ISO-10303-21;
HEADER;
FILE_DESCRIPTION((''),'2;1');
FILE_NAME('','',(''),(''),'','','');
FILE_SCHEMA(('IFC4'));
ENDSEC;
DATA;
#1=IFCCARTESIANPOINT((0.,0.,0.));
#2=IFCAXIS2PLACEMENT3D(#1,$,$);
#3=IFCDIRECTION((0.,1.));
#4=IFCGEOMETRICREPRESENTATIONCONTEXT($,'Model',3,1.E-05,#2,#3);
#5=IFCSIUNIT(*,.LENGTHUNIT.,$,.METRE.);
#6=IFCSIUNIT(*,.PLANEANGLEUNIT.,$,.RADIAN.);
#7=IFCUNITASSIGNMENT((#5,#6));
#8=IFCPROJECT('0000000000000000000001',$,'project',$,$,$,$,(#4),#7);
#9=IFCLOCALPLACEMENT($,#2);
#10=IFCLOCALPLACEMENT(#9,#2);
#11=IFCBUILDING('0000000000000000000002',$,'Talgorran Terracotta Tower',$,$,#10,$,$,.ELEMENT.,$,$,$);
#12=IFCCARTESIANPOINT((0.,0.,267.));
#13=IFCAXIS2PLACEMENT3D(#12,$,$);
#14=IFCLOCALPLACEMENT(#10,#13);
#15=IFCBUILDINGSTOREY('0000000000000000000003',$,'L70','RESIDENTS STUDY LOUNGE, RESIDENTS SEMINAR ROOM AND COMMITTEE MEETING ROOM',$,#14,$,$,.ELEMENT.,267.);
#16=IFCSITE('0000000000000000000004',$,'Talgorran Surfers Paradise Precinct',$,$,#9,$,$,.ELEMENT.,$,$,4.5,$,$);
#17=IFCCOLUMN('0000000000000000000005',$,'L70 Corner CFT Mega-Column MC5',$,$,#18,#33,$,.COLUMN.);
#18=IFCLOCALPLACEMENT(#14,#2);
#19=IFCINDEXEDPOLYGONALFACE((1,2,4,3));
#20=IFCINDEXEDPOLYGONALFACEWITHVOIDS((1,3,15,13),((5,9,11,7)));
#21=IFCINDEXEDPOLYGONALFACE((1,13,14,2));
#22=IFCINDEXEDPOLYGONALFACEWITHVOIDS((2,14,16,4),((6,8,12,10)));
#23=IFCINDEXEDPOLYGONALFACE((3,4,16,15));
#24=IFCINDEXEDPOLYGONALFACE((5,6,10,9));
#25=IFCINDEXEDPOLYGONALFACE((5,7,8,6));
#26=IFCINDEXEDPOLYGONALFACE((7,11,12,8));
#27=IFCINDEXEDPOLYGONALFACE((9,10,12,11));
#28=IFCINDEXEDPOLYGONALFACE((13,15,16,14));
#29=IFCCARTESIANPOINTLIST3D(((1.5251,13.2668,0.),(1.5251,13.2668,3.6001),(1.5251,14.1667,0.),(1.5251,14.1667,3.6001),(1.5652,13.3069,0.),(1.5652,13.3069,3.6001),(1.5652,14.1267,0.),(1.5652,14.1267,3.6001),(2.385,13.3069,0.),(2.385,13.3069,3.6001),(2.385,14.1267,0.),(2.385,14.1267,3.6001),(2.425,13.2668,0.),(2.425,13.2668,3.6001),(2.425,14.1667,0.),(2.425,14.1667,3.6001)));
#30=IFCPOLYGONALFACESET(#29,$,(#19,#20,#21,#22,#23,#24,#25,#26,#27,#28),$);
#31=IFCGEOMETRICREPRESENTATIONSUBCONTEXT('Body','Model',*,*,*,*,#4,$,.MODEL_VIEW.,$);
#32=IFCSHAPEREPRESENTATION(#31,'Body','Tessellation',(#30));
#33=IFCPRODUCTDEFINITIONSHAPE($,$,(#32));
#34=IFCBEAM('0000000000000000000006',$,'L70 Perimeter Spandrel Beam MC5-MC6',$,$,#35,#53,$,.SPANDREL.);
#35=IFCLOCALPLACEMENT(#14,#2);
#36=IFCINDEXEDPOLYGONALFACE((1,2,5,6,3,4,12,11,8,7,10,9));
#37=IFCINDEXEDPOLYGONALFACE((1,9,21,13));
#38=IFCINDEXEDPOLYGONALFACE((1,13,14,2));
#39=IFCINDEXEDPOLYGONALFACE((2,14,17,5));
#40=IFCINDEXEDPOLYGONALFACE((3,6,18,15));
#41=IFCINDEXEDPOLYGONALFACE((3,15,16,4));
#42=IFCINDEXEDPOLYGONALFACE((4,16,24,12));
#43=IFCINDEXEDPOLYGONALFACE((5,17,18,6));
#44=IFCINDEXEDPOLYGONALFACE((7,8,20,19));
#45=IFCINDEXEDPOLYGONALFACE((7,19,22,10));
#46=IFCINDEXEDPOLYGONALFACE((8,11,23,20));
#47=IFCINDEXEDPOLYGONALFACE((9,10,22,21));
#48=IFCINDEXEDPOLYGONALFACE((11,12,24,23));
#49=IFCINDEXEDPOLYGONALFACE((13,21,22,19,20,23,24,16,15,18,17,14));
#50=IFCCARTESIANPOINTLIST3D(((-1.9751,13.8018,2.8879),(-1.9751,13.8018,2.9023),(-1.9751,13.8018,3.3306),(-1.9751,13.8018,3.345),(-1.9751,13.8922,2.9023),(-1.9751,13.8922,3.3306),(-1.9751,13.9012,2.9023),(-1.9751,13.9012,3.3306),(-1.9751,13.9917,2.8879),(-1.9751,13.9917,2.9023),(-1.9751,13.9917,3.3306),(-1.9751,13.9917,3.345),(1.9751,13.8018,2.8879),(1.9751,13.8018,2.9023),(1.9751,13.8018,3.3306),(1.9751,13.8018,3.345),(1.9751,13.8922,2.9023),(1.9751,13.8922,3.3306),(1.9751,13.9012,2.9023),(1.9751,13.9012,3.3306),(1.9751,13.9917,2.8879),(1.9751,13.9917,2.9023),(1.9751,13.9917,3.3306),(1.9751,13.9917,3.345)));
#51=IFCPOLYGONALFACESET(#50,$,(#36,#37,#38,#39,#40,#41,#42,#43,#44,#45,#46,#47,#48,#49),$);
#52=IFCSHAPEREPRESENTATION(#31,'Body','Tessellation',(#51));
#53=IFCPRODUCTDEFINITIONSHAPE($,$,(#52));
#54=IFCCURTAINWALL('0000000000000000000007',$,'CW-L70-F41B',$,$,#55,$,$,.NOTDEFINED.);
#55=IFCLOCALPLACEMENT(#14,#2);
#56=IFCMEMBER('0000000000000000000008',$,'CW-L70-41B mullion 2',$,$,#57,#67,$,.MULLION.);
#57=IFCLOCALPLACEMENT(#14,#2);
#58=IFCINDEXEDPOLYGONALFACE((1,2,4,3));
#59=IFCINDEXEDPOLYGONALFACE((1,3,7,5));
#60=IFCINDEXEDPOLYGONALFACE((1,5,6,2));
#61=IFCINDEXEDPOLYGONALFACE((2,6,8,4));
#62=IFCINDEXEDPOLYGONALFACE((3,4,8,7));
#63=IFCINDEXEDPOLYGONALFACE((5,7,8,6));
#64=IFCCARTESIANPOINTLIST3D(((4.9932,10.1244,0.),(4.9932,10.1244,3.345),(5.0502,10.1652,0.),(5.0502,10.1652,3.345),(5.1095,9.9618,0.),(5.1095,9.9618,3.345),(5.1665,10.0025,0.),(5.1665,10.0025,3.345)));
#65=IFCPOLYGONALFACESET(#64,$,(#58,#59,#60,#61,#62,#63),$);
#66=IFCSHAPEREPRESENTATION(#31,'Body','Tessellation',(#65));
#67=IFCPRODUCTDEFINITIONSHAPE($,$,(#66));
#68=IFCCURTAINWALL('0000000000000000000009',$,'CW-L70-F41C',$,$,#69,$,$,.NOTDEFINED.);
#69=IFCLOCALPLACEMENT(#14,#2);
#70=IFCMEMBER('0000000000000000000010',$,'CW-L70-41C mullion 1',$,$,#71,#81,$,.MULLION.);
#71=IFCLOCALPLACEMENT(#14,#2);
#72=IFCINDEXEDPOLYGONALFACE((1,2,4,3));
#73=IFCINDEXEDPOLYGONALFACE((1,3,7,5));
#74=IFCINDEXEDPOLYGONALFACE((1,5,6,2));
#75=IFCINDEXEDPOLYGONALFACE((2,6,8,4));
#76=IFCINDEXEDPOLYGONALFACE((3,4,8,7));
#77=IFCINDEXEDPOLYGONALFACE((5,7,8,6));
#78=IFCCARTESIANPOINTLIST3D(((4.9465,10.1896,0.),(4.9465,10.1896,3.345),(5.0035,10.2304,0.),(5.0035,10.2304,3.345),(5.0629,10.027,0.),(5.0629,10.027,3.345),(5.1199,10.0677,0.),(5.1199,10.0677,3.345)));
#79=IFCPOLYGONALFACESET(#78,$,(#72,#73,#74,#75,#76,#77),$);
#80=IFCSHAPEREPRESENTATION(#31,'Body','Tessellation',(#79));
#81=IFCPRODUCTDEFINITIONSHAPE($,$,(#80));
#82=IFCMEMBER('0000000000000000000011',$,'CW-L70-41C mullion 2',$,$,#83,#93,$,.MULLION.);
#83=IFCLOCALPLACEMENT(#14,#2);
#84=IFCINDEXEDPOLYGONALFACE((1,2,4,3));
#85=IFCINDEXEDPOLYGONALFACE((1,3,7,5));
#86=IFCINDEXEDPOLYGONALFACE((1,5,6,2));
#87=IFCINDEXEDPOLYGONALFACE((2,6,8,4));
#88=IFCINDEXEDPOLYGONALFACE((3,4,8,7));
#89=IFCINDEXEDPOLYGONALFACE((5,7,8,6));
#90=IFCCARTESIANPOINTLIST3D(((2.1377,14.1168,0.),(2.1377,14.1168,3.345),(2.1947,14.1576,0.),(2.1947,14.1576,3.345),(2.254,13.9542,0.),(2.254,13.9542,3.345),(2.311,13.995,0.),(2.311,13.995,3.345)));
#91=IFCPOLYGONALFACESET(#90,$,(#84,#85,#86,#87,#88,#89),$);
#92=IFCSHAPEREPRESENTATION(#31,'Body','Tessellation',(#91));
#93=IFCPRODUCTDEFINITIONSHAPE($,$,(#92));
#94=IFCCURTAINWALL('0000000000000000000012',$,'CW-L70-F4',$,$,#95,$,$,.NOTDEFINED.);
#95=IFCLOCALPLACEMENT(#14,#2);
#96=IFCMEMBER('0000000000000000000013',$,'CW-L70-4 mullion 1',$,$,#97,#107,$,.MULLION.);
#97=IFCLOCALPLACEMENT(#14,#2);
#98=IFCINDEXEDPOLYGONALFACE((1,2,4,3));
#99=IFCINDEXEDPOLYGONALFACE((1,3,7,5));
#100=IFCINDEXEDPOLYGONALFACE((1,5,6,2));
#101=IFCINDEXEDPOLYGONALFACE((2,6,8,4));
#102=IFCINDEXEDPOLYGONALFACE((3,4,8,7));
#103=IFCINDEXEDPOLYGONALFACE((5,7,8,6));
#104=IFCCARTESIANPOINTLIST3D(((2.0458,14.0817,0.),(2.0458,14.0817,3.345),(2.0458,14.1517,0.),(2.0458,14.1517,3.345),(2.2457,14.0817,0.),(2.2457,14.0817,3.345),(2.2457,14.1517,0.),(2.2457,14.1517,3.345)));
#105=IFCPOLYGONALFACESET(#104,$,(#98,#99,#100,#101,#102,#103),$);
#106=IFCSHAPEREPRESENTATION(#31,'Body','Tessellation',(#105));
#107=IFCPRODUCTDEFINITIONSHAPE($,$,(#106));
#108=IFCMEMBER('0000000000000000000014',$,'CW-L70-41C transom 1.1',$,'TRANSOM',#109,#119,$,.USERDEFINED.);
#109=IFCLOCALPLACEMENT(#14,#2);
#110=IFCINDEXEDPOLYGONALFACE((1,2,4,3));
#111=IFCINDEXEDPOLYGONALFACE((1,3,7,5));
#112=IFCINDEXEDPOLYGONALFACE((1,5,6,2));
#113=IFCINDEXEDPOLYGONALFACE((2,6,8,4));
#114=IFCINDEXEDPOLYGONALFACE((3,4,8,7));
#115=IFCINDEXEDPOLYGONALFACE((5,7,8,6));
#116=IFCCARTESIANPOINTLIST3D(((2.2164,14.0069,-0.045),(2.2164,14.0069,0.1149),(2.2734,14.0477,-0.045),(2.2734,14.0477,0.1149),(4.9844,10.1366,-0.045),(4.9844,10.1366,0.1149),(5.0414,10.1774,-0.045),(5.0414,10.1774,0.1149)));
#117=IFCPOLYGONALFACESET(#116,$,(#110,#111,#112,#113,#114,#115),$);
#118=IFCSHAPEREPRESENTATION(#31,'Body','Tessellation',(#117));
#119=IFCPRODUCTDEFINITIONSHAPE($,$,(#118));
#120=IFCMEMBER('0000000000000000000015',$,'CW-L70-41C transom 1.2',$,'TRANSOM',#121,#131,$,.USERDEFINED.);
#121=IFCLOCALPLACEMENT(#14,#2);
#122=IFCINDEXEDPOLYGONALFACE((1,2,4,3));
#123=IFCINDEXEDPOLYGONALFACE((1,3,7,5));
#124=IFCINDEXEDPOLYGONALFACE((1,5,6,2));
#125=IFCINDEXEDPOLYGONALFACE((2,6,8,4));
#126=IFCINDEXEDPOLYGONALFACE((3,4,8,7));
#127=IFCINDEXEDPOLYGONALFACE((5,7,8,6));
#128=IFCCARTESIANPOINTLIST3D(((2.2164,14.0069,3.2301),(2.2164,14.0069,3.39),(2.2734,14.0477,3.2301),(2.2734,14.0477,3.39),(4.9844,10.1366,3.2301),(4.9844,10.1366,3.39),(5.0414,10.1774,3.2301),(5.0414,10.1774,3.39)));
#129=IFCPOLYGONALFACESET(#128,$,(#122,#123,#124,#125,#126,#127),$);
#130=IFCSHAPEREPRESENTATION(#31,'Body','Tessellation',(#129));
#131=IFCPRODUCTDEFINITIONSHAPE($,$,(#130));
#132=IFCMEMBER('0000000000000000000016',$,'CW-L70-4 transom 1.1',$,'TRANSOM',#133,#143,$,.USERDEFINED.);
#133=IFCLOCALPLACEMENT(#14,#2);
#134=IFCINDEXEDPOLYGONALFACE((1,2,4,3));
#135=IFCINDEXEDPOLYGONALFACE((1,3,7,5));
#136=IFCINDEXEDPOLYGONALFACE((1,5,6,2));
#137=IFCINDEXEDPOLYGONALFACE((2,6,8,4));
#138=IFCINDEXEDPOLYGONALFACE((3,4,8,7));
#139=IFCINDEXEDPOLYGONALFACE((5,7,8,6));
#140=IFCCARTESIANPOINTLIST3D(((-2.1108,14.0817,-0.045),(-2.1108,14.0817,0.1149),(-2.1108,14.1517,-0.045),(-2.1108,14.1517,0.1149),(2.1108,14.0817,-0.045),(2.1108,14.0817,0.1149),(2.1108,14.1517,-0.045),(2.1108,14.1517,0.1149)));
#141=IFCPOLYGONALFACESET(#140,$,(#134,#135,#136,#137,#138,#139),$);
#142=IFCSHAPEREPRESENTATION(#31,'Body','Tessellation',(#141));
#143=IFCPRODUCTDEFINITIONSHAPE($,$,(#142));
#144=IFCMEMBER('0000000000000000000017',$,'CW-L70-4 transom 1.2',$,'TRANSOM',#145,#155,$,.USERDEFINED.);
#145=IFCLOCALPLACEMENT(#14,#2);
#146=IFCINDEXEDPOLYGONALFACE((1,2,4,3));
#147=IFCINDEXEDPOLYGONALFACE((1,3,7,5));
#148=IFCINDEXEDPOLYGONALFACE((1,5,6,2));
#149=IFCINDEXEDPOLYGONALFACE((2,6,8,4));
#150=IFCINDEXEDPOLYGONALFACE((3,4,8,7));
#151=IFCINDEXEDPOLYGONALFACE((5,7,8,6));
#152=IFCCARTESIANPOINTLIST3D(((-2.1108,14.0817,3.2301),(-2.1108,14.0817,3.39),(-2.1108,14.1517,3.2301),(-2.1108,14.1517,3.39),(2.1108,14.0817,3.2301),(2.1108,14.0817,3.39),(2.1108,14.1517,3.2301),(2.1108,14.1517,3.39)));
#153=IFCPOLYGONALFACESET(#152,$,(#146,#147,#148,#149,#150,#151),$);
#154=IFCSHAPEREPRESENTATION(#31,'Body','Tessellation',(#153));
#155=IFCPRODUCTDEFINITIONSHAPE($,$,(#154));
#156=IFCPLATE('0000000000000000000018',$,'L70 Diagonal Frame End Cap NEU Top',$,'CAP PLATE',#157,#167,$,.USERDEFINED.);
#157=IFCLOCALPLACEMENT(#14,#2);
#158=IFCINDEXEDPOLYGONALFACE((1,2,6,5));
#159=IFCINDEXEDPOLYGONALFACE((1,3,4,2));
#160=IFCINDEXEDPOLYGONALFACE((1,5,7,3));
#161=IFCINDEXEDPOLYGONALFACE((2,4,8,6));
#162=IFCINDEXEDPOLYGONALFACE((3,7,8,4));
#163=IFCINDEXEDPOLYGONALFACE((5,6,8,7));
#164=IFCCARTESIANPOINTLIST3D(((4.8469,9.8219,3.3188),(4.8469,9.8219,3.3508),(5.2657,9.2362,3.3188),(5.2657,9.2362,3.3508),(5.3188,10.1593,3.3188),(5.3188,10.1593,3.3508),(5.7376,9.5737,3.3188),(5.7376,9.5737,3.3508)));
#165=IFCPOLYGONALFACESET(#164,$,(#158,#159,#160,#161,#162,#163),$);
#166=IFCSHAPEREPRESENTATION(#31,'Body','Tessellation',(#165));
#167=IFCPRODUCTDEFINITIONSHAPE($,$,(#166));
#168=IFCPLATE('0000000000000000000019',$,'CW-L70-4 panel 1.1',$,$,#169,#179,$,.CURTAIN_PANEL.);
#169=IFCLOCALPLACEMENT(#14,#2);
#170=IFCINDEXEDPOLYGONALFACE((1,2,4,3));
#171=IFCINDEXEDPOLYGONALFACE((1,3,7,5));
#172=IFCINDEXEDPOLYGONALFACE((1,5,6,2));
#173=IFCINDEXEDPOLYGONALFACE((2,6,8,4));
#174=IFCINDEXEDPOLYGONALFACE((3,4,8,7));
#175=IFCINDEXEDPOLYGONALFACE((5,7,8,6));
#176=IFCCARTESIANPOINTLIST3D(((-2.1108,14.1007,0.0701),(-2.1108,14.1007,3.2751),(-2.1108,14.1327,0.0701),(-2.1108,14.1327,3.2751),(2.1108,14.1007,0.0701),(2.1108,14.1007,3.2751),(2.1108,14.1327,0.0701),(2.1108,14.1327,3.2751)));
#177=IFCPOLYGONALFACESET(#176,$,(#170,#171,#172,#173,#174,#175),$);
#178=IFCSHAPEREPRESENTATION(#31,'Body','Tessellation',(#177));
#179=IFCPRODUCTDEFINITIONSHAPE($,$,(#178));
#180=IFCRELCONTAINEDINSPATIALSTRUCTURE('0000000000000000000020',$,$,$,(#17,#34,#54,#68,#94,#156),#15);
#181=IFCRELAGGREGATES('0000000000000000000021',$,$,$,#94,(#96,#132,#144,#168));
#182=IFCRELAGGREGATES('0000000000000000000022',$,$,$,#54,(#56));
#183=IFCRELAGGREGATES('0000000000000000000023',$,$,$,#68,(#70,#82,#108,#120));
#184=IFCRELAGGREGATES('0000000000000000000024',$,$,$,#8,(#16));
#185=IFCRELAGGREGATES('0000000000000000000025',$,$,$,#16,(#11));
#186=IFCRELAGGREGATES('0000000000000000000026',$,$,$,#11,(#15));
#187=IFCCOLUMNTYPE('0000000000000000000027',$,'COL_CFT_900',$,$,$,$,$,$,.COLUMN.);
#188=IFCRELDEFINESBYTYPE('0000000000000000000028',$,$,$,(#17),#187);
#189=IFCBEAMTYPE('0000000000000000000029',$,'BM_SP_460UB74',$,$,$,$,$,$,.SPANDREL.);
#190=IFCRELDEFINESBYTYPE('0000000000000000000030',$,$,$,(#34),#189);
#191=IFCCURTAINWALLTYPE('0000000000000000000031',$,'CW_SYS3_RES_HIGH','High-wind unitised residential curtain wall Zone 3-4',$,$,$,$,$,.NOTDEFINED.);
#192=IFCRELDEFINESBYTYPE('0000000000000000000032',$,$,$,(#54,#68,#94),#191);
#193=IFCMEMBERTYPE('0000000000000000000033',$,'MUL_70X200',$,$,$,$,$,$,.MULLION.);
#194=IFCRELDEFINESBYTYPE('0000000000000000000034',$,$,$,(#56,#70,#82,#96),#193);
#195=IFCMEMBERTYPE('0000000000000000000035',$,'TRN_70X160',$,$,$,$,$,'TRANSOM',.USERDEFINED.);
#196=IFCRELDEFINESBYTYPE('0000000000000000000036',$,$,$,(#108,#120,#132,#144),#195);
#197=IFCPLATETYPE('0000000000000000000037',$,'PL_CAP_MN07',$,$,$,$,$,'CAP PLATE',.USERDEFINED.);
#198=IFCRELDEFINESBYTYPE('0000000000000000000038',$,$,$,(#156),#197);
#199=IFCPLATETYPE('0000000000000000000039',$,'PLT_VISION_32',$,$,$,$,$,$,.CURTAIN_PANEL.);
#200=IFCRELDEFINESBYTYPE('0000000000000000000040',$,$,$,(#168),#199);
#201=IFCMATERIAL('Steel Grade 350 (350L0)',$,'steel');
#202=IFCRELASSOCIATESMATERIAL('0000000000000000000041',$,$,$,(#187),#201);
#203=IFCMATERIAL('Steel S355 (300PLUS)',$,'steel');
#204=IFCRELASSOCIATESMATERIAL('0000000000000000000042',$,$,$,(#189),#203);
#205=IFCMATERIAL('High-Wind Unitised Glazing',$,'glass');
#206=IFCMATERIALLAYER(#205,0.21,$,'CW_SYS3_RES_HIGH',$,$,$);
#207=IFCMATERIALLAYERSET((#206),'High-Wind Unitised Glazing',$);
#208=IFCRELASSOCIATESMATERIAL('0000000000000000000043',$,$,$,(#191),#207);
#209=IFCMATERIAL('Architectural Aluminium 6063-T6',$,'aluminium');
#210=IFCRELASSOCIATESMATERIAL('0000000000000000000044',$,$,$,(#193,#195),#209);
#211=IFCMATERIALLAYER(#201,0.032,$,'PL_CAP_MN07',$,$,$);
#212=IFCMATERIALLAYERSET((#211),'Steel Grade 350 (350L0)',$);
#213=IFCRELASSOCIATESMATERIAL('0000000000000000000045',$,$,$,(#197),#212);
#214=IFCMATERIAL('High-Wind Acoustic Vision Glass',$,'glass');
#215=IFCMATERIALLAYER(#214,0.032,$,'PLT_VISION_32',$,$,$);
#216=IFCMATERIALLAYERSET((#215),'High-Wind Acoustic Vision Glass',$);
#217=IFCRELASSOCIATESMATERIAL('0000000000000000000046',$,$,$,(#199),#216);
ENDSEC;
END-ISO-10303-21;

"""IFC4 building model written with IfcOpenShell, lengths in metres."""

from ifc_helpers import new_model, si_unit, direction, frame, origin, origin_2d, place, context, subcontext, project, spatial, rectangle, hollow_rectangle, i_section, extrude, source, transform, mapped, material, layer, layer_set, material_profile, profile_set, type_object, element, aggregate, save


model = new_model("IFC4")

# Units and contexts
model_context = context("Model", 3, precision=1e-05, world=origin(), true_north=direction((0.0, 1.0)))
body_context = subcontext(model_context, "Body", "Model", "MODEL_VIEW")
ifc_project = project(units=[si_unit("LENGTHUNIT", "METRE"), si_unit("PLANEANGLEUNIT", "RADIAN")], contexts=[model_context])

# Site, building, storey
site_placement = place(None, origin())
site = spatial("IfcSite", under=ifc_project, at=site_placement, Name="Talgorran Surfers Paradise Precinct", CompositionType="ELEMENT", RefElevation=4.5)
building_placement = place(site_placement, origin())
building = spatial("IfcBuilding", under=site, at=building_placement, Name="Talgorran Terracotta Tower", CompositionType="ELEMENT")
storey_placement = place(building_placement, frame((0.0, 0.0, 267.0)))
storey = spatial("IfcBuildingStorey", under=building, at=storey_placement, Name="L70", Description="RESIDENTS STUDY LOUNGE, RESIDENTS SEMINAR ROOM AND COMMITTEE MEETING ROOM", CompositionType="ELEMENT", Elevation=267.0)

# Column
ifc_material_1 = material(Name="Steel Grade 350 (350L0)", Category="steel")
ifc_material_profile_1 = material_profile(ifc_material_1, hollow_rectangle(XDim=0.8999, YDim=0.8999, WallThickness=0.04, at=origin_2d()), Name="CFT900X900X40")
ifc_profile_set_1 = profile_set([ifc_material_profile_1], Name="Steel Grade 350 (350L0)")
column_type = type_object("IfcColumnType", Name="COL_CFT_900", PredefinedType="COLUMN", material=ifc_profile_set_1)
column_placement = place(storey_placement, frame((1.9751, 13.7168, 0.0), z_axis=(0.0, 0.0, 1.0), x_axis=(1.0, 0.0, 0.0)))
element("IfcColumn", 1, at=column_placement, inside=storey, type_object=column_type, Name="L70 Corner CFT Mega-Column MC5", PredefinedType="COLUMN", context=body_context, shape_type="SweptSolid", body=[
    extrude(hollow_rectangle(XDim=0.8999, YDim=0.8999, WallThickness=0.04, at=origin_2d()), origin(), (0.0, 0.0, 1.0), 3.6001),
])

# Beam
ifc_material_2 = material(Name="Steel S355 (300PLUS)", Category="steel")
ifc_material_profile_2 = material_profile(ifc_material_2, i_section(OverallWidth=0.1899, OverallDepth=0.457, WebThickness=0.009, FlangeThickness=0.0144, at=origin_2d()), Name="460UB74.6")
ifc_profile_set_2 = profile_set([ifc_material_profile_2], Name="Steel S355 (300PLUS)")
beam_type = type_object("IfcBeamType", Name="BM_SP_460UB74", PredefinedType="SPANDREL", material=ifc_profile_set_2)
beam_placement = place(storey_placement, frame((1.9751, 13.8967, 3.1165), z_axis=(-1.0, 0.0, 0.0), x_axis=(0.0, -1.0, 0.0)))
element("IfcBeam", 2, at=beam_placement, inside=storey, type_object=beam_type, Name="L70 Perimeter Spandrel Beam MC5-MC6", PredefinedType="SPANDREL", context=body_context, shape_type="SweptSolid", body=[
    extrude(i_section(OverallWidth=0.1899, OverallDepth=0.457, WebThickness=0.009, FlangeThickness=0.0144, at=origin_2d()), origin(), (0.0, 0.0, 1.0), 3.9502),
])

# Curtain wall, member
ifc_material_3 = material(Name="High-Wind Unitised Glazing", Category="glass")
ifc_layer_1 = layer(ifc_material_3, 0.21, Name="CW_SYS3_RES_HIGH")
ifc_layer_set_1 = layer_set([ifc_layer_1], Name="High-Wind Unitised Glazing")
curtain_wall_type = type_object("IfcCurtainWallType", Name="CW_SYS3_RES_HIGH", Description="High-wind unitised residential curtain wall Zone 3-4", PredefinedType="NOTDEFINED", material=ifc_layer_set_1)
curtain_wall_1_placement = place(storey_placement, origin())
curtain_wall_1 = element("IfcCurtainWall", 3, at=curtain_wall_1_placement, inside=storey, type_object=curtain_wall_type, Name="CW-L70-F41B", PredefinedType="NOTDEFINED")
ifc_material_4 = material(Name="Architectural Aluminium 6063-T6", Category="aluminium")
ifc_material_profile_3 = material_profile(ifc_material_4, rectangle(XDim=0.0701, YDim=0.2, at=origin_2d()), Name="CWM70X200")
ifc_profile_set_3 = profile_set([ifc_material_profile_3], Name="Architectural Aluminium 6063-T6")
member_type_1 = type_object("IfcMemberType", Name="MUL_70X200", PredefinedType="MULLION", material=ifc_profile_set_3)
member_1_placement = place(storey_placement, frame((5.0798, 10.0635, 0.0), z_axis=(0.0, 0.0, 1.0), x_axis=(-0.813378, -0.581735, 0.0)))
member_1 = element("IfcMember", 4, at=member_1_placement, type_object=member_type_1, Name="CW-L70-41B mullion 2", PredefinedType="MULLION", context=body_context, shape_type="SweptSolid", body=[
    extrude(rectangle(XDim=0.0701, YDim=0.2, at=origin_2d()), origin(), (0.0, 0.0, 1.0), 3.345),
])

# Curtain wall, members
curtain_wall_2_placement = place(storey_placement, origin())
curtain_wall_2 = element("IfcCurtainWall", 5, at=curtain_wall_2_placement, inside=storey, type_object=curtain_wall_type, Name="CW-L70-F41C", PredefinedType="NOTDEFINED")
member_2_placement = place(storey_placement, frame((5.0332, 10.1287, 0.0), z_axis=(0.0, 0.0, 1.0), x_axis=(-0.813382, -0.581731, 0.0)))
member_2 = element("IfcMember", 6, at=member_2_placement, type_object=member_type_1, Name="CW-L70-41C mullion 1", PredefinedType="MULLION", context=body_context, shape_type="SweptSolid", body=[
    extrude(rectangle(XDim=0.0701, YDim=0.2, at=origin_2d()), origin(), (0.0, 0.0, 1.0), 3.345),
])
member_3_placement = place(storey_placement, frame((2.2244, 14.0559, 0.0), z_axis=(0.0, 0.0, 1.0), x_axis=(-0.813382, -0.581731, 0.0)))
member_3 = element("IfcMember", 7, at=member_3_placement, type_object=member_type_1, Name="CW-L70-41C mullion 2", PredefinedType="MULLION", context=body_context, shape_type="SweptSolid", body=[
    extrude(rectangle(XDim=0.0701, YDim=0.2, at=origin_2d()), origin(), (0.0, 0.0, 1.0), 3.345),
])

# Curtain wall, member
curtain_wall_3_placement = place(storey_placement, origin())
curtain_wall_3 = element("IfcCurtainWall", 8, at=curtain_wall_3_placement, inside=storey, type_object=curtain_wall_type, Name="CW-L70-F4", PredefinedType="NOTDEFINED")
member_4_placement = place(storey_placement, frame((2.1458, 14.1167, 0.0), z_axis=(0.0, 0.0, 1.0), x_axis=(0.0, -1.0, 0.0)))
member_4 = element("IfcMember", 9, at=member_4_placement, type_object=member_type_1, Name="CW-L70-4 mullion 1", PredefinedType="MULLION", context=body_context, shape_type="SweptSolid", body=[
    extrude(rectangle(XDim=0.0701, YDim=0.2, at=origin_2d()), origin(), (0.0, 0.0, 1.0), 3.345),
])

# Members
ifc_material_profile_4 = material_profile(ifc_material_4, rectangle(XDim=0.0701, YDim=0.1599, at=origin_2d()), Name="CWT70X160")
ifc_profile_set_4 = profile_set([ifc_material_profile_4], Name="Architectural Aluminium 6063-T6")
member_type_2 = type_object("IfcMemberType", Name="TRN_70X160", ElementType="TRANSOM", PredefinedType="USERDEFINED", material=ifc_profile_set_4)
member_5_placement = place(storey_placement, frame((5.0129, 10.157, 0.0349), z_axis=(-0.581728, 0.813383, 0.0), x_axis=(-0.813383, -0.581728, 0.0)))
member_5 = element("IfcMember", 10, at=member_5_placement, type_object=member_type_2, Name="CW-L70-41C transom 1.1", ObjectType="TRANSOM", PredefinedType="USERDEFINED", context=body_context, shape_type="SweptSolid", body=[
    extrude(rectangle(XDim=0.0701, YDim=0.1599, at=origin_2d()), origin(), (0.0, 0.0, 1.0), 4.7583),
])
member_6_placement = place(storey_placement, frame((5.0129, 10.157, 3.3101), z_axis=(-0.581728, 0.813383, 0.0), x_axis=(-0.813383, -0.581728, 0.0)))
member_6 = element("IfcMember", 11, at=member_6_placement, type_object=member_type_2, Name="CW-L70-41C transom 1.2", ObjectType="TRANSOM", PredefinedType="USERDEFINED", context=body_context, shape_type="SweptSolid", body=[
    extrude(rectangle(XDim=0.0701, YDim=0.1599, at=origin_2d()), origin(), (0.0, 0.0, 1.0), 4.7583),
])
member_7_placement = place(storey_placement, frame((2.1108, 14.1167, 0.0349), z_axis=(-1.0, 0.0, 0.0), x_axis=(0.0, -1.0, 0.0)))
member_7 = element("IfcMember", 12, at=member_7_placement, type_object=member_type_2, Name="CW-L70-4 transom 1.1", ObjectType="TRANSOM", PredefinedType="USERDEFINED", context=body_context, shape_type="SweptSolid", body=[
    extrude(rectangle(XDim=0.0701, YDim=0.1599, at=origin_2d()), origin(), (0.0, 0.0, 1.0), 4.2217),
])
member_8_placement = place(storey_placement, frame((2.1108, 14.1167, 3.3101), z_axis=(-1.0, 0.0, 0.0), x_axis=(0.0, -1.0, 0.0)))
member_8 = element("IfcMember", 13, at=member_8_placement, type_object=member_type_2, Name="CW-L70-4 transom 1.2", ObjectType="TRANSOM", PredefinedType="USERDEFINED", context=body_context, shape_type="SweptSolid", body=[
    extrude(rectangle(XDim=0.0701, YDim=0.1599, at=origin_2d()), origin(), (0.0, 0.0, 1.0), 4.2217),
])

# Plates
ifc_layer_2 = layer(ifc_material_1, 0.032, Name="PL_CAP_MN07")
ifc_layer_set_2 = layer_set([ifc_layer_2], Name="Steel Grade 350 (350L0)")
plate_type_1 = type_object("IfcPlateType", Name="PL_CAP_MN07", ElementType="CAP PLATE", PredefinedType="USERDEFINED", material=ifc_layer_set_2)
plate_1_placement = place(storey_placement, frame((5.2922, 9.6978, 3.3188), z_axis=(0.0, 0.0, 1.0), x_axis=(-0.581697, 0.813405, 0.0)))
element("IfcPlate", 14, at=plate_1_placement, inside=storey, type_object=plate_type_1, Name="L70 Diagonal Frame End Cap NEU Top", ObjectType="CAP PLATE", PredefinedType="USERDEFINED", context=body_context, shape_type="SweptSolid", body=[
    extrude(rectangle(XDim=0.72, YDim=0.5801, at=origin_2d()), origin(), (0.0, 0.0, 1.0), 0.032),
])
ifc_material_5 = material(Name="High-Wind Acoustic Vision Glass", Category="glass")
ifc_layer_3 = layer(ifc_material_5, 0.032, Name="PLT_VISION_32")
ifc_layer_set_3 = layer_set([ifc_layer_3], Name="High-Wind Acoustic Vision Glass")
plate_type_2 = type_object("IfcPlateType", Name="PLT_VISION_32", PredefinedType="CURTAIN_PANEL", material=ifc_layer_set_3)
shared_shape_1 = source(origin(), body_context, "Body", "SweptSolid", [
    extrude(rectangle(XDim=4.2217, YDim=0.032, at=origin_2d()), origin(), (0.0, 0.0, 1.0), 3.2051),
])
plate_2_placement = place(storey_placement, frame((0.0, 14.1167, 0.0701), z_axis=(0.0, 0.0, 1.0), x_axis=(-1.0, 0.0, 0.0)))
plate_2 = element("IfcPlate", 15, at=plate_2_placement, type_object=plate_type_2, Name="CW-L70-4 panel 1.1", PredefinedType="CURTAIN_PANEL", context=body_context, shape_type="MappedRepresentation", body=[
    mapped(shared_shape_1, transform((0.0, 0.0, 0.0), scale=1.0)),
])
aggregate(curtain_wall_3, [member_4, member_7, member_8, plate_2])
aggregate(curtain_wall_1, [member_1])
aggregate(curtain_wall_2, [member_2, member_3, member_5, member_6])

save(model, "model.ifc")
